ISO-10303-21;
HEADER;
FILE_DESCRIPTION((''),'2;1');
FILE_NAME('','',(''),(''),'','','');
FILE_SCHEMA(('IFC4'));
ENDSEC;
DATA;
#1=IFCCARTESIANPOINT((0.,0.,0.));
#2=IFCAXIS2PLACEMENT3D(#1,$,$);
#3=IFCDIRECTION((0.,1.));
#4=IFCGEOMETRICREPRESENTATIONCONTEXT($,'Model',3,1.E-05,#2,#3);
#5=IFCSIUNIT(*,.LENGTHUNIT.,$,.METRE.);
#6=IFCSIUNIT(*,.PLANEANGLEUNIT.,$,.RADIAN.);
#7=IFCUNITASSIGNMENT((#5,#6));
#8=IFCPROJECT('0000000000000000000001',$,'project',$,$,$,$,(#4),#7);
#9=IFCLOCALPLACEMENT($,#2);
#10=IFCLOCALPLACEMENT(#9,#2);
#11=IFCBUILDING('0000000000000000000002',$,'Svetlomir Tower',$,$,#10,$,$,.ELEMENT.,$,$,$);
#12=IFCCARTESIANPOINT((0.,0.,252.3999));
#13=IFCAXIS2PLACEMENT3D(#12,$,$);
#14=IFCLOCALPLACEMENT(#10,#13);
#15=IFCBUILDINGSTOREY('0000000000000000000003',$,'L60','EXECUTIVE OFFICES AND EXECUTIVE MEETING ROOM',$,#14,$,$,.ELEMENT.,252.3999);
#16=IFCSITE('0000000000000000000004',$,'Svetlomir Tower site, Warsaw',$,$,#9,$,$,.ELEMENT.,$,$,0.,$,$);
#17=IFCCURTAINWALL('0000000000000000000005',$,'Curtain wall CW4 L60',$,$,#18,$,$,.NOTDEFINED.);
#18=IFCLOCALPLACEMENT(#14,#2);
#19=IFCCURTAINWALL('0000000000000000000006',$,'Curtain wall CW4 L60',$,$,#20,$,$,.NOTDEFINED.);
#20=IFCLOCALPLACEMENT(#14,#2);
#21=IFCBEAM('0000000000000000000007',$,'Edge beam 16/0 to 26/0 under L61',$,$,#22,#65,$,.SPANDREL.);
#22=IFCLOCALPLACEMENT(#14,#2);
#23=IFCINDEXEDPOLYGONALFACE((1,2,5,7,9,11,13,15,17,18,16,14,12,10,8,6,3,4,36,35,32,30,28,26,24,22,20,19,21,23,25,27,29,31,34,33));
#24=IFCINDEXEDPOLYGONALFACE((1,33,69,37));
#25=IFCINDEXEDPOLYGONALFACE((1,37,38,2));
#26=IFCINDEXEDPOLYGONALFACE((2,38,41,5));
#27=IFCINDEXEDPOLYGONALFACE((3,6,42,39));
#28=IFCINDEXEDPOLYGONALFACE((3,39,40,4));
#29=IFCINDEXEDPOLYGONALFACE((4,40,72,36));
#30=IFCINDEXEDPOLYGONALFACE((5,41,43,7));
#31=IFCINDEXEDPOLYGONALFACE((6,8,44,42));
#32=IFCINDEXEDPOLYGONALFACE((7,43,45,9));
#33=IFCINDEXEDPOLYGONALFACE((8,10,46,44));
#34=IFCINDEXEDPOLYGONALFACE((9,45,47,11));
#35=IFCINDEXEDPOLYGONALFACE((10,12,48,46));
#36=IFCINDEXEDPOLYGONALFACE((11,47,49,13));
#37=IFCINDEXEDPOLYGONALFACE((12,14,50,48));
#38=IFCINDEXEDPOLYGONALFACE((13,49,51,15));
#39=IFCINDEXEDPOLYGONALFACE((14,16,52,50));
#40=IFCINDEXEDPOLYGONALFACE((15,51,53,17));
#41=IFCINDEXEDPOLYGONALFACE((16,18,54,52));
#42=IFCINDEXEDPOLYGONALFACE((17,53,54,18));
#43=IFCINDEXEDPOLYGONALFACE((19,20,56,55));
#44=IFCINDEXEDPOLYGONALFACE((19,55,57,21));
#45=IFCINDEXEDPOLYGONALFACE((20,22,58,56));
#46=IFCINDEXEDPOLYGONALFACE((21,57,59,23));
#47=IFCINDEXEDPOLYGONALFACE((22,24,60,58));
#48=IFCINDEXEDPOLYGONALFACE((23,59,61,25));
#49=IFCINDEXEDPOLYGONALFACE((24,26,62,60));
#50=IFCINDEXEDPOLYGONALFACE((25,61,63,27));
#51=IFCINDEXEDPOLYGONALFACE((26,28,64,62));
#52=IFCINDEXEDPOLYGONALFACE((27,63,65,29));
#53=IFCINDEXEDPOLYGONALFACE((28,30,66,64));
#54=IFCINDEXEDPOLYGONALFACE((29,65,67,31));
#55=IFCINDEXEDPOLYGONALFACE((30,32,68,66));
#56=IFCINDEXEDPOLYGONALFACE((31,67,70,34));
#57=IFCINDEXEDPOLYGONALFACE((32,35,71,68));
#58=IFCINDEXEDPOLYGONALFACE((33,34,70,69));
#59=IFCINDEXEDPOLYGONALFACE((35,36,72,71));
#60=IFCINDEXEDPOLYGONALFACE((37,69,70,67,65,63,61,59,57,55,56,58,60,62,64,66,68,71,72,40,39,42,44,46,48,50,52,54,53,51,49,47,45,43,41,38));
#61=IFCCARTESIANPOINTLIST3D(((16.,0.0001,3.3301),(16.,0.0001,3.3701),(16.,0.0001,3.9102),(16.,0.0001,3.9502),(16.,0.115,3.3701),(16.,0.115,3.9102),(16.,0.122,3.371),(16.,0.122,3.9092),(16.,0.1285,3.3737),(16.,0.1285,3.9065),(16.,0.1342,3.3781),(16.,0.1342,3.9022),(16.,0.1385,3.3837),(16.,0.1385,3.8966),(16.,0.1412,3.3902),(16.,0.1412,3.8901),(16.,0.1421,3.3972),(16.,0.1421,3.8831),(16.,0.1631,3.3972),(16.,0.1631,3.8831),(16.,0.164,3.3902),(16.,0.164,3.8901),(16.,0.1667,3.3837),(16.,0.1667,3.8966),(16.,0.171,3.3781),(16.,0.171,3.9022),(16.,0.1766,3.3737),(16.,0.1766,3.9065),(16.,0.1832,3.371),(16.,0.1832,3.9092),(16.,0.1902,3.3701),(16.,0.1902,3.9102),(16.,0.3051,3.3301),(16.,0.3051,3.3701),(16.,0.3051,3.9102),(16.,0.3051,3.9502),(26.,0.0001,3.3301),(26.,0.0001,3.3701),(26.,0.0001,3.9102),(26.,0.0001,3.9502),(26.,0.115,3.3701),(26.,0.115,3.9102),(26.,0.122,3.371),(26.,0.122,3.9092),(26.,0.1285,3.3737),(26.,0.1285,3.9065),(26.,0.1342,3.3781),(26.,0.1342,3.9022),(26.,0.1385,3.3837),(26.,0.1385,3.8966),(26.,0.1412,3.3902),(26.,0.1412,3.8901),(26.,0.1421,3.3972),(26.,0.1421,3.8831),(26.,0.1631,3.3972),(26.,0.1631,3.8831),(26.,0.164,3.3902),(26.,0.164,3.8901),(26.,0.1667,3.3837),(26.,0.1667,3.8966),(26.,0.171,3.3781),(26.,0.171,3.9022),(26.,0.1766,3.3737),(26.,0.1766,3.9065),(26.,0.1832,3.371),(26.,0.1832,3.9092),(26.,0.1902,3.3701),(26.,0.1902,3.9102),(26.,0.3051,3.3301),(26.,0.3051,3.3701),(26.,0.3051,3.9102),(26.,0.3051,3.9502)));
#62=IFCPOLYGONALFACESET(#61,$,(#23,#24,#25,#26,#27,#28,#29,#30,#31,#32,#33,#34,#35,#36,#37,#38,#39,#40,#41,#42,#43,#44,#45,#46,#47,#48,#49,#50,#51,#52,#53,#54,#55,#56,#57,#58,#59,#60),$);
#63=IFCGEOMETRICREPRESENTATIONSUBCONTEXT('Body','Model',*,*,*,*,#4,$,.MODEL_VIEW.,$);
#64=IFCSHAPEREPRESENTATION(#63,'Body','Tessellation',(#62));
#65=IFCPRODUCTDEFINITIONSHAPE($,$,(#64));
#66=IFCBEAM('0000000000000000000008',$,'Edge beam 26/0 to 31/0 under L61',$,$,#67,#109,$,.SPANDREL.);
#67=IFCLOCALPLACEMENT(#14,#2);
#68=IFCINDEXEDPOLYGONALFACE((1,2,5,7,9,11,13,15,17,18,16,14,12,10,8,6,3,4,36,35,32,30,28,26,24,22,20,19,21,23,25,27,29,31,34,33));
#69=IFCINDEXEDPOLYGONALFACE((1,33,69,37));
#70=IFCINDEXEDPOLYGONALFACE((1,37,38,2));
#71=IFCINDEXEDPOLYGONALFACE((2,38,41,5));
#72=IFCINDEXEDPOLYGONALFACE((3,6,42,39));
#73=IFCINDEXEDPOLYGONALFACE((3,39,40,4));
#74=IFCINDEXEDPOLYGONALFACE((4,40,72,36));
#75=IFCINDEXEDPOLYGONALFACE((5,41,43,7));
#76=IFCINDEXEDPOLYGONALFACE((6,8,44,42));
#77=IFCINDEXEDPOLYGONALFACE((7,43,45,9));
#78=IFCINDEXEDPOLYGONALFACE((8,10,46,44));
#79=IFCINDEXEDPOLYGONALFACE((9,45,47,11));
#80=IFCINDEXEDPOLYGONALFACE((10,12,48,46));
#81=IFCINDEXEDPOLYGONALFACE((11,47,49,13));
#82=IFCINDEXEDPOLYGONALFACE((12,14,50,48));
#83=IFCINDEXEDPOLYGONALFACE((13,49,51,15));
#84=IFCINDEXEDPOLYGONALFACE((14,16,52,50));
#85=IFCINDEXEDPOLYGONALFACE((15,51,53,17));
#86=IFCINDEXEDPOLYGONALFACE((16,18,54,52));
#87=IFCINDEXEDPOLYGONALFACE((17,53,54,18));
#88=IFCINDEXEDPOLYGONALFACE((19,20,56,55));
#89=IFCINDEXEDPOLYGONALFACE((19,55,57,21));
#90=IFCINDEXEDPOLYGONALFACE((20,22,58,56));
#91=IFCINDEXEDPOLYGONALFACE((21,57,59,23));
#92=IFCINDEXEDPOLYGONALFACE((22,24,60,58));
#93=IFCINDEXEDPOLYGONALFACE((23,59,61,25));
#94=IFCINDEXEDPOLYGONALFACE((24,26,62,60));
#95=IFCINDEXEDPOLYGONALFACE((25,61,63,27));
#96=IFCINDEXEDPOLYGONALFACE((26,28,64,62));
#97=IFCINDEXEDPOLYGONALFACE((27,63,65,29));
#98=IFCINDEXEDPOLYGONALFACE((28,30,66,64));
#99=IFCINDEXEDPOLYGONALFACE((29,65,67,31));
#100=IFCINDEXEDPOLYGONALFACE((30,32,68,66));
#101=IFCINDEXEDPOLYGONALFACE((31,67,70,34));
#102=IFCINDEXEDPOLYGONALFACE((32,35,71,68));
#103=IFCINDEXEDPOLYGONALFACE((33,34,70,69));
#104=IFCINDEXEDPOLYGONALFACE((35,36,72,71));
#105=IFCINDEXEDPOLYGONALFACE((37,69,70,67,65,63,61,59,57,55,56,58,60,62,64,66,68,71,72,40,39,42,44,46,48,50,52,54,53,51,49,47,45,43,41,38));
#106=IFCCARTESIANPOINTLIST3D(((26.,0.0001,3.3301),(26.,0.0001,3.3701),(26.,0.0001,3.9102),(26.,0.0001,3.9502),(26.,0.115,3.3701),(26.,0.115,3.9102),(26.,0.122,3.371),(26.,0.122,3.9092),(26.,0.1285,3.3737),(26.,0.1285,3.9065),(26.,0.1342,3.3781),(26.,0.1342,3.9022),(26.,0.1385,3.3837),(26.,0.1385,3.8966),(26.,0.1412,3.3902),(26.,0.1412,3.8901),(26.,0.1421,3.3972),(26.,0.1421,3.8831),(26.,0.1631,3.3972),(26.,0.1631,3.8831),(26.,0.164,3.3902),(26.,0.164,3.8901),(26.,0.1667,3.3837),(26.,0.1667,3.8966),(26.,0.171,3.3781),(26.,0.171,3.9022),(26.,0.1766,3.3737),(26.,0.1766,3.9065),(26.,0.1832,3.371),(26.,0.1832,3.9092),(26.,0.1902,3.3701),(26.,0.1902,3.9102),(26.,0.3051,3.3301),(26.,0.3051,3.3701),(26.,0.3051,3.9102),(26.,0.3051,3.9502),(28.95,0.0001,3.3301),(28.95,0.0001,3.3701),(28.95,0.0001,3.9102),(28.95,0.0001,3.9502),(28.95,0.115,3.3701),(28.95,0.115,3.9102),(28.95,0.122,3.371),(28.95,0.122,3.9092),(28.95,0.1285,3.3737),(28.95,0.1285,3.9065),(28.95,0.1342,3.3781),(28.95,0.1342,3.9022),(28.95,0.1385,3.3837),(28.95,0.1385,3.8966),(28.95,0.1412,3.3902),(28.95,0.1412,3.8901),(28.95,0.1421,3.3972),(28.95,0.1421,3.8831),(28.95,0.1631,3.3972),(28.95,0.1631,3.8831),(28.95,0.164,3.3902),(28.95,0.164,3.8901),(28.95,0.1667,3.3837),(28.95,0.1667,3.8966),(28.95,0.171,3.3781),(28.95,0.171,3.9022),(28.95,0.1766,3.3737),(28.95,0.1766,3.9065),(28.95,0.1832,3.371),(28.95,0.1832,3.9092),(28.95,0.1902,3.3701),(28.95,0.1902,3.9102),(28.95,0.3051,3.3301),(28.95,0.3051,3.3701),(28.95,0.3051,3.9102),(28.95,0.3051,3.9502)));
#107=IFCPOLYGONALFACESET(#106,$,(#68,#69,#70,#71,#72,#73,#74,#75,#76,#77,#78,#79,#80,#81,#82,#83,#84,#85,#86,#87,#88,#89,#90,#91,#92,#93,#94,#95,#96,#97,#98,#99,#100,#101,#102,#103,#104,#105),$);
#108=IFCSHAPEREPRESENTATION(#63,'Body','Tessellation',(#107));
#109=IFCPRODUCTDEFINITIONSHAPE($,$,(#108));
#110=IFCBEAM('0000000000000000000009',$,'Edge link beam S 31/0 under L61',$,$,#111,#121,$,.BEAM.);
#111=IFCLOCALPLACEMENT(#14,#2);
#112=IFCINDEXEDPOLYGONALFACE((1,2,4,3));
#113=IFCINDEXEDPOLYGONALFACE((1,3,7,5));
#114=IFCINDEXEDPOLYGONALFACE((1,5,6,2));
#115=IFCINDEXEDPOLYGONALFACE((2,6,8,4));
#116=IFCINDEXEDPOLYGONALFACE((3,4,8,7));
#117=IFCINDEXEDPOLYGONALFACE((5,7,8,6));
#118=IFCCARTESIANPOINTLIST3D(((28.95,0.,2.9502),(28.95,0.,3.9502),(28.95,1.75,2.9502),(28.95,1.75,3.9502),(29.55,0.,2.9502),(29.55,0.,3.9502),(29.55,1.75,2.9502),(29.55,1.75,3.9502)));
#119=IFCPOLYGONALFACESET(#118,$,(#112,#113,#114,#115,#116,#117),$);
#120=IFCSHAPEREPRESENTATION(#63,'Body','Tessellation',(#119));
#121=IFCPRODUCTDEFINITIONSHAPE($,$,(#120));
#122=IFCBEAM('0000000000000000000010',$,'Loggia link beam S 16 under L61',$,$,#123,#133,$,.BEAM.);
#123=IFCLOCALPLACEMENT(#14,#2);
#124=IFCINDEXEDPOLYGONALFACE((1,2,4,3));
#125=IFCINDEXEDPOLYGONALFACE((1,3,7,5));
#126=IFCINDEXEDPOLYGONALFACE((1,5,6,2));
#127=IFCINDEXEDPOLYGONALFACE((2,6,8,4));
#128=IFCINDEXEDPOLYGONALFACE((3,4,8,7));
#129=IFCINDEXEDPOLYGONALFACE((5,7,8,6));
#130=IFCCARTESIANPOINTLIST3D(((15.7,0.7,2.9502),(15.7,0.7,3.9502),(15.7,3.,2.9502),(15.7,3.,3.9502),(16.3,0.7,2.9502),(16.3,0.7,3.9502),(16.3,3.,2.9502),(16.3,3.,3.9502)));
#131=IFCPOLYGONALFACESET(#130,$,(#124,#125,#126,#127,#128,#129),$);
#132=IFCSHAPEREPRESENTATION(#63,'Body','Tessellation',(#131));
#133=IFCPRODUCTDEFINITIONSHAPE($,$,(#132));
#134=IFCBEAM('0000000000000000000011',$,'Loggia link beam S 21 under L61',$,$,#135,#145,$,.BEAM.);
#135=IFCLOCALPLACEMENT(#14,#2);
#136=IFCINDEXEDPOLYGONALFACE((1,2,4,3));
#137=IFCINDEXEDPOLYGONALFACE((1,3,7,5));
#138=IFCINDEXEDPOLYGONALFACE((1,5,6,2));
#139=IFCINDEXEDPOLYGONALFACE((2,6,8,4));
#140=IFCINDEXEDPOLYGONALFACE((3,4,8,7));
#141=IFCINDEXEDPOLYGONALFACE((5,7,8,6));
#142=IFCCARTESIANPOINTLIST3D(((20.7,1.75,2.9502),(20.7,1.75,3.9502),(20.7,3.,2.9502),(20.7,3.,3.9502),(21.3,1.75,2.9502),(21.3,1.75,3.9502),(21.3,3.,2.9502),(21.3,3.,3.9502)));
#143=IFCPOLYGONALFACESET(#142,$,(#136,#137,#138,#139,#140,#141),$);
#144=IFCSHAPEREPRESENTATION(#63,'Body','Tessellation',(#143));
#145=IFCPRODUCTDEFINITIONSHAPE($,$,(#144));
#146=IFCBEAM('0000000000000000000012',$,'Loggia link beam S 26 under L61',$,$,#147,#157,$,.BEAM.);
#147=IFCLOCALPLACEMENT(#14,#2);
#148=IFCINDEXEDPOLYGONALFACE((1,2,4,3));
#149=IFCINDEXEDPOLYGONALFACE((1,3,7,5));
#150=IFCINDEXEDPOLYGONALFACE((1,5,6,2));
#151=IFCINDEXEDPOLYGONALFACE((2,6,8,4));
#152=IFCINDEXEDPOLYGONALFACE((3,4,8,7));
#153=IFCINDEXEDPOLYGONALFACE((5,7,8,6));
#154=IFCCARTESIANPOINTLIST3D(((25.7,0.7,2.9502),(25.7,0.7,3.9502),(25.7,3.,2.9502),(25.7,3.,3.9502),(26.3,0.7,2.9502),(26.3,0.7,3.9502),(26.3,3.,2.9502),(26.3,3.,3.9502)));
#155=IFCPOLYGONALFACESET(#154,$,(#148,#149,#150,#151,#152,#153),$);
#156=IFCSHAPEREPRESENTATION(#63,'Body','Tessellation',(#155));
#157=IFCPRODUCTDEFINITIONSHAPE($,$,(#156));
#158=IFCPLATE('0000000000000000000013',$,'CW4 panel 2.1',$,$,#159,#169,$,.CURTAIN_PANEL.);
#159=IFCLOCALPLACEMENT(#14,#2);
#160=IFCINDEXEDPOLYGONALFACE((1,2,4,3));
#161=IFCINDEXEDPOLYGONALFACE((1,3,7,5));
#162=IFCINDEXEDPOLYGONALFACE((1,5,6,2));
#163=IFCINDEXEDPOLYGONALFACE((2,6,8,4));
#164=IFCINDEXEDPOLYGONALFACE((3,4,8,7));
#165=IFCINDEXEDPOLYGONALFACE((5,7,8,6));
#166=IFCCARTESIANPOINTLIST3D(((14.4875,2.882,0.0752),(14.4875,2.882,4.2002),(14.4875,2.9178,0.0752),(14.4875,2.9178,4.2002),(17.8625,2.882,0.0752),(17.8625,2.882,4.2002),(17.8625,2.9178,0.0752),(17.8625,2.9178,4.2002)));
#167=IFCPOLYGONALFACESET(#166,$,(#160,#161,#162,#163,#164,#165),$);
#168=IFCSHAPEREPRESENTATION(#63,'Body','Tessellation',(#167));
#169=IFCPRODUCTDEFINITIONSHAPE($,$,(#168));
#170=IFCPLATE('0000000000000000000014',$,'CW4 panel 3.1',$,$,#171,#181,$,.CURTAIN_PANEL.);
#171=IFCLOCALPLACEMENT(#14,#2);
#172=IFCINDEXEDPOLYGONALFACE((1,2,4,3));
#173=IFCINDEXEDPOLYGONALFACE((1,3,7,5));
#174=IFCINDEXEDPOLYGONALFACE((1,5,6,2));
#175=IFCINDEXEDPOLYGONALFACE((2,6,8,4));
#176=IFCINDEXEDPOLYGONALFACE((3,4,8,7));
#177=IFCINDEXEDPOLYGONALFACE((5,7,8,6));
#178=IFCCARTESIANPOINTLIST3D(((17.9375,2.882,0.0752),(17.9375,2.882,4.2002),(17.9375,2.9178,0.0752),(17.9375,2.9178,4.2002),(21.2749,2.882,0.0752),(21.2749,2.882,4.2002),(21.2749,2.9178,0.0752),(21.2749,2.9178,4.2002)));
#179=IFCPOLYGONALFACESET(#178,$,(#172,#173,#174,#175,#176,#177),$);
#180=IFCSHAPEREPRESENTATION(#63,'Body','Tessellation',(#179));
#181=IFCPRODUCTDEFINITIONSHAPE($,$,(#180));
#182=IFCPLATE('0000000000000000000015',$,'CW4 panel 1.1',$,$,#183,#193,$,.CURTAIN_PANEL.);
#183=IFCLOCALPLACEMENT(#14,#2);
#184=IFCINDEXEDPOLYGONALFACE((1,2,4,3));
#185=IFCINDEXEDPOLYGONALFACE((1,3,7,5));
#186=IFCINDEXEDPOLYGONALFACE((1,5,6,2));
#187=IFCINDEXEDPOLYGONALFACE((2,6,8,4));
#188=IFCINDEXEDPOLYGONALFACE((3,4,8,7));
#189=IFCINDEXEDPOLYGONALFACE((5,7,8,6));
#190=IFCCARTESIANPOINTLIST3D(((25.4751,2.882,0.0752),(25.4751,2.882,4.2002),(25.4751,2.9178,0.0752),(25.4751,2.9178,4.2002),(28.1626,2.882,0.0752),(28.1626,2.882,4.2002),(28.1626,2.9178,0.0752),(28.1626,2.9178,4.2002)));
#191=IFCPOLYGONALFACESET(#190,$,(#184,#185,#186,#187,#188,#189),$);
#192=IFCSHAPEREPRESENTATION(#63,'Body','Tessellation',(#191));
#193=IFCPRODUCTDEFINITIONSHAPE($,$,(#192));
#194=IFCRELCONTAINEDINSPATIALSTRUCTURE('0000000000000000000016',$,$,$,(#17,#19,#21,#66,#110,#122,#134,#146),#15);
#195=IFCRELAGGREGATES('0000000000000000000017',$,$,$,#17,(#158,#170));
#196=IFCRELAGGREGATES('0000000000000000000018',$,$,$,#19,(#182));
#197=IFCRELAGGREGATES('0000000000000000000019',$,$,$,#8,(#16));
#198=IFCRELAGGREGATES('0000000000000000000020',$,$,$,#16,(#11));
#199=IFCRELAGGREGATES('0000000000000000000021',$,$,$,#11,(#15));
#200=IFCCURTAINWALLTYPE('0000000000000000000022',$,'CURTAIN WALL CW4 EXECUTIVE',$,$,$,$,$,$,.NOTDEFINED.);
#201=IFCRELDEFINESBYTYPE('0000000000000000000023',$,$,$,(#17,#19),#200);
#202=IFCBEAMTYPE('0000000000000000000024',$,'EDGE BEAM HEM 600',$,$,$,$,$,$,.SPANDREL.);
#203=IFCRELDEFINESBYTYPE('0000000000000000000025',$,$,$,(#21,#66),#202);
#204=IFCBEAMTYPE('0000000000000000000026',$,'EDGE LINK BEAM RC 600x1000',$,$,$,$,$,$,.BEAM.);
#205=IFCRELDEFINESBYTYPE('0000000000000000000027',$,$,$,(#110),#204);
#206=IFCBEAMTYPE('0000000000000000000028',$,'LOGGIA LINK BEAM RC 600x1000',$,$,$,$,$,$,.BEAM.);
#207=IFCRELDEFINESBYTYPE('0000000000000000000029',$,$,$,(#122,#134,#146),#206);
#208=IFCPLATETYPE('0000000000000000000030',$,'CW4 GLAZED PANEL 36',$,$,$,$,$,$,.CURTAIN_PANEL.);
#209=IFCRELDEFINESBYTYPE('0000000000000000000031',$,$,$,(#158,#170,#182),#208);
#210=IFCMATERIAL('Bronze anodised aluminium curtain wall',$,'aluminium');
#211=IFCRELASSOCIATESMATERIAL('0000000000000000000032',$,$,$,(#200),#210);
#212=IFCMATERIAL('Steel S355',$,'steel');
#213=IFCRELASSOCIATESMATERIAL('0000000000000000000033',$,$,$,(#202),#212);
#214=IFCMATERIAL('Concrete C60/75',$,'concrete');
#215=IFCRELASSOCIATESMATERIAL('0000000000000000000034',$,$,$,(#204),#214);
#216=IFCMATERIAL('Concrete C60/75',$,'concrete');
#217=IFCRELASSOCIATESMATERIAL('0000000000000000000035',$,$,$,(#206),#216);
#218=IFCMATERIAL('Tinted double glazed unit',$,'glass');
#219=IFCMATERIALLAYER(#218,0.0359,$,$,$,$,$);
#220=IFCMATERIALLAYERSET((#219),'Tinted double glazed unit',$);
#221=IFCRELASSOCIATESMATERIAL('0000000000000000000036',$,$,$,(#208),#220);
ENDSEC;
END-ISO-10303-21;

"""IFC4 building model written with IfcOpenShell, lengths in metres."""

from ifc_helpers import new_model, si_unit, direction, frame, origin, origin_2d, place, context, subcontext, project, spatial, rectangle, i_section, extrude, material, layer, layer_set, material_profile, profile_set, type_object, element, aggregate, save


model = new_model("IFC4")

# Units and contexts
model_context = context("Model", 3, precision=1e-05, world=origin(), true_north=direction((0.0, 1.0)))
body_context = subcontext(model_context, "Body", "Model", "MODEL_VIEW")
ifc_project = project(units=[si_unit("LENGTHUNIT", "METRE"), si_unit("PLANEANGLEUNIT", "RADIAN")], contexts=[model_context])

# Site, building, storey
site_placement = place(None, origin())
site = spatial("IfcSite", under=ifc_project, at=site_placement, Name="Svetlomir Tower site, Warsaw", CompositionType="ELEMENT", RefElevation=0.0)
building_placement = place(site_placement, origin())
building = spatial("IfcBuilding", under=site, at=building_placement, Name="Svetlomir Tower", CompositionType="ELEMENT")
storey_placement = place(building_placement, frame((0.0, 0.0, 252.3999)))
storey = spatial("IfcBuildingStorey", under=building, at=storey_placement, Name="L60", Description="EXECUTIVE OFFICES AND EXECUTIVE MEETING ROOM", CompositionType="ELEMENT", Elevation=252.3999)

# Curtain walls
ifc_material_1 = material(Name="Bronze anodised aluminium curtain wall", Category="aluminium")
curtain_wall_type = type_object("IfcCurtainWallType", Name="CURTAIN WALL CW4 EXECUTIVE", PredefinedType="NOTDEFINED", material=ifc_material_1)
curtain_wall_1_placement = place(storey_placement, origin())
curtain_wall_1 = element("IfcCurtainWall", 1, at=curtain_wall_1_placement, inside=storey, type_object=curtain_wall_type, Name="Curtain wall CW4 L60", PredefinedType="NOTDEFINED")
curtain_wall_2_placement = place(storey_placement, origin())
curtain_wall_2 = element("IfcCurtainWall", 2, at=curtain_wall_2_placement, inside=storey, type_object=curtain_wall_type, Name="Curtain wall CW4 L60", PredefinedType="NOTDEFINED")

# Beams
ifc_material_2 = material(Name="Steel S355", Category="steel")
ifc_material_profile_1 = material_profile(ifc_material_2, i_section(OverallWidth=0.3049, OverallDepth=0.6201, WebThickness=0.021, FlangeThickness=0.04, FilletRadius=0.0271, at=origin_2d()), Name="HEM 600")
ifc_profile_set_1 = profile_set([ifc_material_profile_1], Name="Steel S355")
beam_type_1 = type_object("IfcBeamType", Name="EDGE BEAM HEM 600", PredefinedType="SPANDREL", material=ifc_profile_set_1)
beam_1_placement = place(storey_placement, frame((16.0, 0.1526, 3.6401), z_axis=(1.0, 0.0, 0.0), x_axis=(0.0, 1.0, 0.0)))
element("IfcBeam", 3, at=beam_1_placement, inside=storey, type_object=beam_type_1, Name="Edge beam 16/0 to 26/0 under L61", PredefinedType="SPANDREL", context=body_context, shape_type="SweptSolid", body=[
    extrude(i_section(OverallWidth=0.3049, OverallDepth=0.6201, WebThickness=0.021, FlangeThickness=0.04, FilletRadius=0.0271, at=origin_2d()), origin(), (0.0, 0.0, 1.0), 10.0),
])
beam_2_placement = place(storey_placement, frame((26.0, 0.1526, 3.6401), z_axis=(1.0, 0.0, 0.0), x_axis=(0.0, 1.0, 0.0)))
element("IfcBeam", 4, at=beam_2_placement, inside=storey, type_object=beam_type_1, Name="Edge beam 26/0 to 31/0 under L61", PredefinedType="SPANDREL", context=body_context, shape_type="SweptSolid", body=[
    extrude(i_section(OverallWidth=0.3049, OverallDepth=0.6201, WebThickness=0.021, FlangeThickness=0.04, FilletRadius=0.0271, at=origin_2d()), origin(), (0.0, 0.0, 1.0), 2.95),
])
ifc_material_3 = material(Name="Concrete C60/75", Category="concrete")
ifc_material_profile_2 = material_profile(ifc_material_3, rectangle(XDim=0.6001, YDim=1.0, at=origin_2d()), Name="RC 600x1000")
ifc_profile_set_2 = profile_set([ifc_material_profile_2], Name="Concrete C60/75")
beam_type_2 = type_object("IfcBeamType", Name="EDGE LINK BEAM RC 600x1000", PredefinedType="BEAM", material=ifc_profile_set_2)
beam_3_placement = place(storey_placement, frame((29.25, 1.75, 3.4502), z_axis=(0.0, -1.0, 0.0), x_axis=(1.0, 0.0, 0.0)))
element("IfcBeam", 5, at=beam_3_placement, inside=storey, type_object=beam_type_2, Name="Edge link beam S 31/0 under L61", PredefinedType="BEAM", context=body_context, shape_type="SweptSolid", body=[
    extrude(rectangle(XDim=0.6001, YDim=1.0, at=origin_2d()), origin(), (0.0, 0.0, 1.0), 1.75),
])
ifc_material_4 = material(Name="Concrete C60/75", Category="concrete")
ifc_material_profile_3 = material_profile(ifc_material_4, rectangle(XDim=0.6001, YDim=1.0, at=origin_2d()), Name="RC 600x1000")
ifc_profile_set_3 = profile_set([ifc_material_profile_3], Name="Concrete C60/75")
beam_type_3 = type_object("IfcBeamType", Name="LOGGIA LINK BEAM RC 600x1000", PredefinedType="BEAM", material=ifc_profile_set_3)
beam_4_placement = place(storey_placement, frame((16.0, 0.7, 3.4502), z_axis=(0.0, 1.0, 0.0), x_axis=(-1.0, 0.0, 0.0)))
element("IfcBeam", 6, at=beam_4_placement, inside=storey, type_object=beam_type_3, Name="Loggia link beam S 16 under L61", PredefinedType="BEAM", context=body_context, shape_type="SweptSolid", body=[
    extrude(rectangle(XDim=0.6001, YDim=1.0, at=origin_2d()), origin(), (0.0, 0.0, 1.0), 2.3),
])
beam_5_placement = place(storey_placement, frame((21.0, 1.75, 3.4502), z_axis=(0.0, 1.0, 0.0), x_axis=(-1.0, 0.0, 0.0)))
element("IfcBeam", 7, at=beam_5_placement, inside=storey, type_object=beam_type_3, Name="Loggia link beam S 21 under L61", PredefinedType="BEAM", context=body_context, shape_type="SweptSolid", body=[
    extrude(rectangle(XDim=0.6001, YDim=1.0, at=origin_2d()), origin(), (0.0, 0.0, 1.0), 1.25),
])
beam_6_placement = place(storey_placement, frame((26.0, 0.7, 3.4502), z_axis=(0.0, 1.0, 0.0), x_axis=(-1.0, 0.0, 0.0)))
element("IfcBeam", 8, at=beam_6_placement, inside=storey, type_object=beam_type_3, Name="Loggia link beam S 26 under L61", PredefinedType="BEAM", context=body_context, shape_type="SweptSolid", body=[
    extrude(rectangle(XDim=0.6001, YDim=1.0, at=origin_2d()), origin(), (0.0, 0.0, 1.0), 2.3),
])

# Plates
ifc_material_5 = material(Name="Tinted double glazed unit", Category="glass")
ifc_layer_1 = layer(ifc_material_5, 0.0359)
ifc_layer_set_1 = layer_set([ifc_layer_1], Name="Tinted double glazed unit")
plate_type = type_object("IfcPlateType", Name="CW4 GLAZED PANEL 36", PredefinedType="CURTAIN_PANEL", material=ifc_layer_set_1)
plate_1_placement = place(storey_placement, frame((16.175, 2.8999, 0.0752), z_axis=(0.0, 0.0, 1.0), x_axis=(1.0, 0.0, 0.0)))
plate_1 = element("IfcPlate", 9, at=plate_1_placement, type_object=plate_type, Name="CW4 panel 2.1", PredefinedType="CURTAIN_PANEL", context=body_context, shape_type="SweptSolid", body=[
    extrude(rectangle(XDim=3.375, YDim=0.0359, at=origin_2d()), origin(), (0.0, 0.0, 1.0), 4.125),
])
plate_2_placement = place(storey_placement, frame((19.6062, 2.8999, 0.0752), z_axis=(0.0, 0.0, 1.0), x_axis=(1.0, 0.0, 0.0)))
plate_2 = element("IfcPlate", 10, at=plate_2_placement, type_object=plate_type, Name="CW4 panel 3.1", PredefinedType="CURTAIN_PANEL", context=body_context, shape_type="SweptSolid", body=[
    extrude(rectangle(XDim=3.3374, YDim=0.0359, at=origin_2d()), origin(), (0.0, 0.0, 1.0), 4.125),
])
aggregate(curtain_wall_1, [plate_1, plate_2])
plate_3_placement = place(storey_placement, frame((26.8188, 2.8999, 0.0752), z_axis=(0.0, 0.0, 1.0), x_axis=(1.0, 0.0, 0.0)))
plate_3 = element("IfcPlate", 11, at=plate_3_placement, type_object=plate_type, Name="CW4 panel 1.1", PredefinedType="CURTAIN_PANEL", context=body_context, shape_type="SweptSolid", body=[
    extrude(rectangle(XDim=2.6875, YDim=0.0359, at=origin_2d()), origin(), (0.0, 0.0, 1.0), 4.125),
])
aggregate(curtain_wall_2, [plate_3])

save(model, "model.ifc")
